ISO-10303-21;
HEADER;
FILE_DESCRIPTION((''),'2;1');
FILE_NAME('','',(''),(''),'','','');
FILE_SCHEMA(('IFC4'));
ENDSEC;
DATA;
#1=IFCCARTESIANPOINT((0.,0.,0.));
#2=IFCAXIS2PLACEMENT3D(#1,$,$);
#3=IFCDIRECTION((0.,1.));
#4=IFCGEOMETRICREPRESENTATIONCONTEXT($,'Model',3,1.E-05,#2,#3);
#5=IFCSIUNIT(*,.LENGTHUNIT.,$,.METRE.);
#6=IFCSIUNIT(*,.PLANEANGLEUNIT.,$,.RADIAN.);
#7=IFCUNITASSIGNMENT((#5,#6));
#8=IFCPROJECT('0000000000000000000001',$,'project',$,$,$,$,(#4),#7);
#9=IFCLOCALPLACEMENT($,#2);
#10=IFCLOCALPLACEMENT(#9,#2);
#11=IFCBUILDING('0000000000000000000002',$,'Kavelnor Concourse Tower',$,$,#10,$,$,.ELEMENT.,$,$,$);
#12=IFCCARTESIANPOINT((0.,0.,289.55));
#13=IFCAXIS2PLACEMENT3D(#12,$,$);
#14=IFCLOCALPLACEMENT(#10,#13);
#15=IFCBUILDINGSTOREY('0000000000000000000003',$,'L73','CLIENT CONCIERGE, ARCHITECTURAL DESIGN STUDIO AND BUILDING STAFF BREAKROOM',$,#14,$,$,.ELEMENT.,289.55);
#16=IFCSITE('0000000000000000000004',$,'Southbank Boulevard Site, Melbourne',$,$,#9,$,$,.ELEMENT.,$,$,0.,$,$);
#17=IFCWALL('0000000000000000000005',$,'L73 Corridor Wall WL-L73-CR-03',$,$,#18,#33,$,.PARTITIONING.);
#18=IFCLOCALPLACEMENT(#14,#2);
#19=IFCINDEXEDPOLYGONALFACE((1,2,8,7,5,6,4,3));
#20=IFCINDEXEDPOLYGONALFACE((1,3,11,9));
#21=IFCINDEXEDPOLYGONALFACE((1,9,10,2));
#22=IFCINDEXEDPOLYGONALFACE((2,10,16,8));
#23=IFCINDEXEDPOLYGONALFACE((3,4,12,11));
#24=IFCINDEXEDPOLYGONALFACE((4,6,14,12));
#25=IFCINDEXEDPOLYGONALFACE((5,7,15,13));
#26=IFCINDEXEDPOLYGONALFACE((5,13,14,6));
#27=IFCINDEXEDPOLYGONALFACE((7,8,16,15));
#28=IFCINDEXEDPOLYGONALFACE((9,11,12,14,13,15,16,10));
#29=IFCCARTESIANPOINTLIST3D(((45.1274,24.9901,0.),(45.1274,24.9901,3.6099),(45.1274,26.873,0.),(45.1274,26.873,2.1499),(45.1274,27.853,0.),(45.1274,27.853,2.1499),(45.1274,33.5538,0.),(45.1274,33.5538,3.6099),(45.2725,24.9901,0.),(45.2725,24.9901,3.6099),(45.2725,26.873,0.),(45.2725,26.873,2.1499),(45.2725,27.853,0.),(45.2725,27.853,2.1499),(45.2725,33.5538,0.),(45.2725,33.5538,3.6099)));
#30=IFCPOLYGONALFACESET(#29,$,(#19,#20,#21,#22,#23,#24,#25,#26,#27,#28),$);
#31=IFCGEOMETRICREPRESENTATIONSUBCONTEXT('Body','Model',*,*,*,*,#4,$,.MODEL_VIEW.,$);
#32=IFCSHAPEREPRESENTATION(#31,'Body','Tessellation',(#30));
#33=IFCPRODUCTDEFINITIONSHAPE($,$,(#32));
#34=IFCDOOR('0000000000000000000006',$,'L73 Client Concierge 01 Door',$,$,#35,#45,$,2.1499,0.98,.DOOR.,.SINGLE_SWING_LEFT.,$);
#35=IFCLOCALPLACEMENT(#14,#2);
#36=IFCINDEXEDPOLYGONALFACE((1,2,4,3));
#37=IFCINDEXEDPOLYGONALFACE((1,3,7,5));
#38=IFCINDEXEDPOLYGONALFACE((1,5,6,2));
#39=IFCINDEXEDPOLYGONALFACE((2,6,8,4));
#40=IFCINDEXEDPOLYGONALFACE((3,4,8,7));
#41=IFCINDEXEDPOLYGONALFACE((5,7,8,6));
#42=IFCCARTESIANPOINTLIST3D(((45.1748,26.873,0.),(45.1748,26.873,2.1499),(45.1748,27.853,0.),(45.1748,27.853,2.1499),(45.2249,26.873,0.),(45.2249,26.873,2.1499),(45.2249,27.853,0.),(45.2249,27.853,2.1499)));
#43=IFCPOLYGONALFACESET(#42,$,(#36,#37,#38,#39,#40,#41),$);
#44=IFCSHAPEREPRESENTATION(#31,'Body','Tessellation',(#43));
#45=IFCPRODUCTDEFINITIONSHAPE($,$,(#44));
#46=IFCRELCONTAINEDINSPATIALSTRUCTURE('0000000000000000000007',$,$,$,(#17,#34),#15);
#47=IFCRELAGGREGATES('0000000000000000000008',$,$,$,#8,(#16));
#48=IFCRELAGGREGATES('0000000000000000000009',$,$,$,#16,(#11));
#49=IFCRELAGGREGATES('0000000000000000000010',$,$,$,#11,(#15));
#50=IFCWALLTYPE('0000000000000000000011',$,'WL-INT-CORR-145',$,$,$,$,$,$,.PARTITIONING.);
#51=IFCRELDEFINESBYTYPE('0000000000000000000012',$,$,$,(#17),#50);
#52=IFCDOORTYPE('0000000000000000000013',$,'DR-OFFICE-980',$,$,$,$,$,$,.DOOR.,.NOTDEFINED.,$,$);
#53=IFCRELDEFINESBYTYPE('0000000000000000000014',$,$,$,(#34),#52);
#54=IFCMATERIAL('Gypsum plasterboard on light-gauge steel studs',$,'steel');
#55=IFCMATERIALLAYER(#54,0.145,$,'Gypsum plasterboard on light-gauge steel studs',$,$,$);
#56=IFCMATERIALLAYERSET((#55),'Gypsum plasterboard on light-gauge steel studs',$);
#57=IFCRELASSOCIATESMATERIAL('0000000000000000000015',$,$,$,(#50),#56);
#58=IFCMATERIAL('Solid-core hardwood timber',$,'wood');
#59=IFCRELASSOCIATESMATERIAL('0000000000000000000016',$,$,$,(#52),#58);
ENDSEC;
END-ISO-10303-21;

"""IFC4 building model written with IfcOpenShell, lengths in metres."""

from ifc_helpers import new_model, si_unit, direction, frame, frame_2d, origin, place, context, subcontext, project, spatial, rectangle, extrude, material, layer, layer_set, type_object, element, fill, save


model = new_model("IFC4")

# Units and contexts
model_context = context("Model", 3, precision=1e-05, world=origin(), true_north=direction((0.0, 1.0)))
body_context = subcontext(model_context, "Body", "Model", "MODEL_VIEW")
ifc_project = project(units=[si_unit("LENGTHUNIT", "METRE"), si_unit("PLANEANGLEUNIT", "RADIAN")], contexts=[model_context])

# Site, building, storey
site_placement = place(None, origin())
site = spatial("IfcSite", under=ifc_project, at=site_placement, Name="Southbank Boulevard Site, Melbourne", CompositionType="ELEMENT", RefElevation=0.0)
building_placement = place(site_placement, origin())
building = spatial("IfcBuilding", under=site, at=building_placement, Name="Kavelnor Concourse Tower", CompositionType="ELEMENT")
storey_placement = place(building_placement, frame((0.0, 0.0, 289.55)))
storey = spatial("IfcBuildingStorey", under=building, at=storey_placement, Name="L73", Description="CLIENT CONCIERGE, ARCHITECTURAL DESIGN STUDIO AND BUILDING STAFF BREAKROOM", CompositionType="ELEMENT", Elevation=289.55)

# Shared definitions
ifc_material_1 = material(Name="Gypsum plasterboard on light-gauge steel studs", Category="steel")
ifc_layer_1 = layer(ifc_material_1, 0.145, Name="Gypsum plasterboard on light-gauge steel studs")
ifc_layer_set_1 = layer_set([ifc_layer_1], Name="Gypsum plasterboard on light-gauge steel studs")
wall_type_1 = type_object("IfcWallType", Name="WL-INT-CORR-145", PredefinedType="PARTITIONING", material=ifc_layer_set_1)

# Wall, opening, door
wall_1_placement = place(storey_placement, frame((45.2, 33.5537, 0.0), z_axis=(0.0, 0.0, 1.0), x_axis=(0.0, -1.0, 0.0)))
wall_1 = element("IfcWall", 1, at=wall_1_placement, inside=storey, type_object=wall_type_1, Name="L73 Corridor Wall WL-L73-CR-03", PredefinedType="PARTITIONING", context=body_context, shape_type="SweptSolid", body=[
    extrude(rectangle(XDim=8.5637, YDim=0.145, at=frame_2d((4.2817, 0.0))), origin(), (0.0, 0.0, 1.0), 3.6099),
])
opening_1_placement = place(wall_1_placement, frame((5.7007, 0.0, 0.0)))
opening_1 = element("IfcOpeningElement", 2, at=opening_1_placement, cuts=wall_1, PredefinedType="OPENING", context=body_context, shape_type="SweptSolid", body=[
    extrude(rectangle(XDim=0.98, YDim=2.1499, at=frame_2d((0.49, 1.075))), frame((0.0, 0.0825, 0.0), z_axis=(0.0, -1.0, 0.0), x_axis=(1.0, 0.0, 0.0)), (0.0, 0.0, 1.0), 0.165),
])
ifc_material_2 = material(Name="Solid-core hardwood timber", Category="wood")
door_type = type_object("IfcDoorType", Name="DR-OFFICE-980", OperationType="NOTDEFINED", PredefinedType="DOOR", material=ifc_material_2)
door_placement = place(opening_1_placement, origin())
door = element("IfcDoor", 3, at=door_placement, inside=storey, type_object=door_type, Name="L73 Client Concierge 01 Door", OperationType="SINGLE_SWING_LEFT", OverallHeight=2.1499, OverallWidth=0.98, PredefinedType="DOOR", context=body_context, shape_type="SweptSolid", body=[
    extrude(rectangle(XDim=0.98, YDim=2.1499, at=frame_2d((0.49, 1.075))), frame((0.0, 0.0249, 0.0), z_axis=(0.0, -1.0, 0.0), x_axis=(1.0, 0.0, 0.0)), (0.0, 0.0, 1.0), 0.05),
])
fill(opening_1, door)

save(model, "model.ifc")
